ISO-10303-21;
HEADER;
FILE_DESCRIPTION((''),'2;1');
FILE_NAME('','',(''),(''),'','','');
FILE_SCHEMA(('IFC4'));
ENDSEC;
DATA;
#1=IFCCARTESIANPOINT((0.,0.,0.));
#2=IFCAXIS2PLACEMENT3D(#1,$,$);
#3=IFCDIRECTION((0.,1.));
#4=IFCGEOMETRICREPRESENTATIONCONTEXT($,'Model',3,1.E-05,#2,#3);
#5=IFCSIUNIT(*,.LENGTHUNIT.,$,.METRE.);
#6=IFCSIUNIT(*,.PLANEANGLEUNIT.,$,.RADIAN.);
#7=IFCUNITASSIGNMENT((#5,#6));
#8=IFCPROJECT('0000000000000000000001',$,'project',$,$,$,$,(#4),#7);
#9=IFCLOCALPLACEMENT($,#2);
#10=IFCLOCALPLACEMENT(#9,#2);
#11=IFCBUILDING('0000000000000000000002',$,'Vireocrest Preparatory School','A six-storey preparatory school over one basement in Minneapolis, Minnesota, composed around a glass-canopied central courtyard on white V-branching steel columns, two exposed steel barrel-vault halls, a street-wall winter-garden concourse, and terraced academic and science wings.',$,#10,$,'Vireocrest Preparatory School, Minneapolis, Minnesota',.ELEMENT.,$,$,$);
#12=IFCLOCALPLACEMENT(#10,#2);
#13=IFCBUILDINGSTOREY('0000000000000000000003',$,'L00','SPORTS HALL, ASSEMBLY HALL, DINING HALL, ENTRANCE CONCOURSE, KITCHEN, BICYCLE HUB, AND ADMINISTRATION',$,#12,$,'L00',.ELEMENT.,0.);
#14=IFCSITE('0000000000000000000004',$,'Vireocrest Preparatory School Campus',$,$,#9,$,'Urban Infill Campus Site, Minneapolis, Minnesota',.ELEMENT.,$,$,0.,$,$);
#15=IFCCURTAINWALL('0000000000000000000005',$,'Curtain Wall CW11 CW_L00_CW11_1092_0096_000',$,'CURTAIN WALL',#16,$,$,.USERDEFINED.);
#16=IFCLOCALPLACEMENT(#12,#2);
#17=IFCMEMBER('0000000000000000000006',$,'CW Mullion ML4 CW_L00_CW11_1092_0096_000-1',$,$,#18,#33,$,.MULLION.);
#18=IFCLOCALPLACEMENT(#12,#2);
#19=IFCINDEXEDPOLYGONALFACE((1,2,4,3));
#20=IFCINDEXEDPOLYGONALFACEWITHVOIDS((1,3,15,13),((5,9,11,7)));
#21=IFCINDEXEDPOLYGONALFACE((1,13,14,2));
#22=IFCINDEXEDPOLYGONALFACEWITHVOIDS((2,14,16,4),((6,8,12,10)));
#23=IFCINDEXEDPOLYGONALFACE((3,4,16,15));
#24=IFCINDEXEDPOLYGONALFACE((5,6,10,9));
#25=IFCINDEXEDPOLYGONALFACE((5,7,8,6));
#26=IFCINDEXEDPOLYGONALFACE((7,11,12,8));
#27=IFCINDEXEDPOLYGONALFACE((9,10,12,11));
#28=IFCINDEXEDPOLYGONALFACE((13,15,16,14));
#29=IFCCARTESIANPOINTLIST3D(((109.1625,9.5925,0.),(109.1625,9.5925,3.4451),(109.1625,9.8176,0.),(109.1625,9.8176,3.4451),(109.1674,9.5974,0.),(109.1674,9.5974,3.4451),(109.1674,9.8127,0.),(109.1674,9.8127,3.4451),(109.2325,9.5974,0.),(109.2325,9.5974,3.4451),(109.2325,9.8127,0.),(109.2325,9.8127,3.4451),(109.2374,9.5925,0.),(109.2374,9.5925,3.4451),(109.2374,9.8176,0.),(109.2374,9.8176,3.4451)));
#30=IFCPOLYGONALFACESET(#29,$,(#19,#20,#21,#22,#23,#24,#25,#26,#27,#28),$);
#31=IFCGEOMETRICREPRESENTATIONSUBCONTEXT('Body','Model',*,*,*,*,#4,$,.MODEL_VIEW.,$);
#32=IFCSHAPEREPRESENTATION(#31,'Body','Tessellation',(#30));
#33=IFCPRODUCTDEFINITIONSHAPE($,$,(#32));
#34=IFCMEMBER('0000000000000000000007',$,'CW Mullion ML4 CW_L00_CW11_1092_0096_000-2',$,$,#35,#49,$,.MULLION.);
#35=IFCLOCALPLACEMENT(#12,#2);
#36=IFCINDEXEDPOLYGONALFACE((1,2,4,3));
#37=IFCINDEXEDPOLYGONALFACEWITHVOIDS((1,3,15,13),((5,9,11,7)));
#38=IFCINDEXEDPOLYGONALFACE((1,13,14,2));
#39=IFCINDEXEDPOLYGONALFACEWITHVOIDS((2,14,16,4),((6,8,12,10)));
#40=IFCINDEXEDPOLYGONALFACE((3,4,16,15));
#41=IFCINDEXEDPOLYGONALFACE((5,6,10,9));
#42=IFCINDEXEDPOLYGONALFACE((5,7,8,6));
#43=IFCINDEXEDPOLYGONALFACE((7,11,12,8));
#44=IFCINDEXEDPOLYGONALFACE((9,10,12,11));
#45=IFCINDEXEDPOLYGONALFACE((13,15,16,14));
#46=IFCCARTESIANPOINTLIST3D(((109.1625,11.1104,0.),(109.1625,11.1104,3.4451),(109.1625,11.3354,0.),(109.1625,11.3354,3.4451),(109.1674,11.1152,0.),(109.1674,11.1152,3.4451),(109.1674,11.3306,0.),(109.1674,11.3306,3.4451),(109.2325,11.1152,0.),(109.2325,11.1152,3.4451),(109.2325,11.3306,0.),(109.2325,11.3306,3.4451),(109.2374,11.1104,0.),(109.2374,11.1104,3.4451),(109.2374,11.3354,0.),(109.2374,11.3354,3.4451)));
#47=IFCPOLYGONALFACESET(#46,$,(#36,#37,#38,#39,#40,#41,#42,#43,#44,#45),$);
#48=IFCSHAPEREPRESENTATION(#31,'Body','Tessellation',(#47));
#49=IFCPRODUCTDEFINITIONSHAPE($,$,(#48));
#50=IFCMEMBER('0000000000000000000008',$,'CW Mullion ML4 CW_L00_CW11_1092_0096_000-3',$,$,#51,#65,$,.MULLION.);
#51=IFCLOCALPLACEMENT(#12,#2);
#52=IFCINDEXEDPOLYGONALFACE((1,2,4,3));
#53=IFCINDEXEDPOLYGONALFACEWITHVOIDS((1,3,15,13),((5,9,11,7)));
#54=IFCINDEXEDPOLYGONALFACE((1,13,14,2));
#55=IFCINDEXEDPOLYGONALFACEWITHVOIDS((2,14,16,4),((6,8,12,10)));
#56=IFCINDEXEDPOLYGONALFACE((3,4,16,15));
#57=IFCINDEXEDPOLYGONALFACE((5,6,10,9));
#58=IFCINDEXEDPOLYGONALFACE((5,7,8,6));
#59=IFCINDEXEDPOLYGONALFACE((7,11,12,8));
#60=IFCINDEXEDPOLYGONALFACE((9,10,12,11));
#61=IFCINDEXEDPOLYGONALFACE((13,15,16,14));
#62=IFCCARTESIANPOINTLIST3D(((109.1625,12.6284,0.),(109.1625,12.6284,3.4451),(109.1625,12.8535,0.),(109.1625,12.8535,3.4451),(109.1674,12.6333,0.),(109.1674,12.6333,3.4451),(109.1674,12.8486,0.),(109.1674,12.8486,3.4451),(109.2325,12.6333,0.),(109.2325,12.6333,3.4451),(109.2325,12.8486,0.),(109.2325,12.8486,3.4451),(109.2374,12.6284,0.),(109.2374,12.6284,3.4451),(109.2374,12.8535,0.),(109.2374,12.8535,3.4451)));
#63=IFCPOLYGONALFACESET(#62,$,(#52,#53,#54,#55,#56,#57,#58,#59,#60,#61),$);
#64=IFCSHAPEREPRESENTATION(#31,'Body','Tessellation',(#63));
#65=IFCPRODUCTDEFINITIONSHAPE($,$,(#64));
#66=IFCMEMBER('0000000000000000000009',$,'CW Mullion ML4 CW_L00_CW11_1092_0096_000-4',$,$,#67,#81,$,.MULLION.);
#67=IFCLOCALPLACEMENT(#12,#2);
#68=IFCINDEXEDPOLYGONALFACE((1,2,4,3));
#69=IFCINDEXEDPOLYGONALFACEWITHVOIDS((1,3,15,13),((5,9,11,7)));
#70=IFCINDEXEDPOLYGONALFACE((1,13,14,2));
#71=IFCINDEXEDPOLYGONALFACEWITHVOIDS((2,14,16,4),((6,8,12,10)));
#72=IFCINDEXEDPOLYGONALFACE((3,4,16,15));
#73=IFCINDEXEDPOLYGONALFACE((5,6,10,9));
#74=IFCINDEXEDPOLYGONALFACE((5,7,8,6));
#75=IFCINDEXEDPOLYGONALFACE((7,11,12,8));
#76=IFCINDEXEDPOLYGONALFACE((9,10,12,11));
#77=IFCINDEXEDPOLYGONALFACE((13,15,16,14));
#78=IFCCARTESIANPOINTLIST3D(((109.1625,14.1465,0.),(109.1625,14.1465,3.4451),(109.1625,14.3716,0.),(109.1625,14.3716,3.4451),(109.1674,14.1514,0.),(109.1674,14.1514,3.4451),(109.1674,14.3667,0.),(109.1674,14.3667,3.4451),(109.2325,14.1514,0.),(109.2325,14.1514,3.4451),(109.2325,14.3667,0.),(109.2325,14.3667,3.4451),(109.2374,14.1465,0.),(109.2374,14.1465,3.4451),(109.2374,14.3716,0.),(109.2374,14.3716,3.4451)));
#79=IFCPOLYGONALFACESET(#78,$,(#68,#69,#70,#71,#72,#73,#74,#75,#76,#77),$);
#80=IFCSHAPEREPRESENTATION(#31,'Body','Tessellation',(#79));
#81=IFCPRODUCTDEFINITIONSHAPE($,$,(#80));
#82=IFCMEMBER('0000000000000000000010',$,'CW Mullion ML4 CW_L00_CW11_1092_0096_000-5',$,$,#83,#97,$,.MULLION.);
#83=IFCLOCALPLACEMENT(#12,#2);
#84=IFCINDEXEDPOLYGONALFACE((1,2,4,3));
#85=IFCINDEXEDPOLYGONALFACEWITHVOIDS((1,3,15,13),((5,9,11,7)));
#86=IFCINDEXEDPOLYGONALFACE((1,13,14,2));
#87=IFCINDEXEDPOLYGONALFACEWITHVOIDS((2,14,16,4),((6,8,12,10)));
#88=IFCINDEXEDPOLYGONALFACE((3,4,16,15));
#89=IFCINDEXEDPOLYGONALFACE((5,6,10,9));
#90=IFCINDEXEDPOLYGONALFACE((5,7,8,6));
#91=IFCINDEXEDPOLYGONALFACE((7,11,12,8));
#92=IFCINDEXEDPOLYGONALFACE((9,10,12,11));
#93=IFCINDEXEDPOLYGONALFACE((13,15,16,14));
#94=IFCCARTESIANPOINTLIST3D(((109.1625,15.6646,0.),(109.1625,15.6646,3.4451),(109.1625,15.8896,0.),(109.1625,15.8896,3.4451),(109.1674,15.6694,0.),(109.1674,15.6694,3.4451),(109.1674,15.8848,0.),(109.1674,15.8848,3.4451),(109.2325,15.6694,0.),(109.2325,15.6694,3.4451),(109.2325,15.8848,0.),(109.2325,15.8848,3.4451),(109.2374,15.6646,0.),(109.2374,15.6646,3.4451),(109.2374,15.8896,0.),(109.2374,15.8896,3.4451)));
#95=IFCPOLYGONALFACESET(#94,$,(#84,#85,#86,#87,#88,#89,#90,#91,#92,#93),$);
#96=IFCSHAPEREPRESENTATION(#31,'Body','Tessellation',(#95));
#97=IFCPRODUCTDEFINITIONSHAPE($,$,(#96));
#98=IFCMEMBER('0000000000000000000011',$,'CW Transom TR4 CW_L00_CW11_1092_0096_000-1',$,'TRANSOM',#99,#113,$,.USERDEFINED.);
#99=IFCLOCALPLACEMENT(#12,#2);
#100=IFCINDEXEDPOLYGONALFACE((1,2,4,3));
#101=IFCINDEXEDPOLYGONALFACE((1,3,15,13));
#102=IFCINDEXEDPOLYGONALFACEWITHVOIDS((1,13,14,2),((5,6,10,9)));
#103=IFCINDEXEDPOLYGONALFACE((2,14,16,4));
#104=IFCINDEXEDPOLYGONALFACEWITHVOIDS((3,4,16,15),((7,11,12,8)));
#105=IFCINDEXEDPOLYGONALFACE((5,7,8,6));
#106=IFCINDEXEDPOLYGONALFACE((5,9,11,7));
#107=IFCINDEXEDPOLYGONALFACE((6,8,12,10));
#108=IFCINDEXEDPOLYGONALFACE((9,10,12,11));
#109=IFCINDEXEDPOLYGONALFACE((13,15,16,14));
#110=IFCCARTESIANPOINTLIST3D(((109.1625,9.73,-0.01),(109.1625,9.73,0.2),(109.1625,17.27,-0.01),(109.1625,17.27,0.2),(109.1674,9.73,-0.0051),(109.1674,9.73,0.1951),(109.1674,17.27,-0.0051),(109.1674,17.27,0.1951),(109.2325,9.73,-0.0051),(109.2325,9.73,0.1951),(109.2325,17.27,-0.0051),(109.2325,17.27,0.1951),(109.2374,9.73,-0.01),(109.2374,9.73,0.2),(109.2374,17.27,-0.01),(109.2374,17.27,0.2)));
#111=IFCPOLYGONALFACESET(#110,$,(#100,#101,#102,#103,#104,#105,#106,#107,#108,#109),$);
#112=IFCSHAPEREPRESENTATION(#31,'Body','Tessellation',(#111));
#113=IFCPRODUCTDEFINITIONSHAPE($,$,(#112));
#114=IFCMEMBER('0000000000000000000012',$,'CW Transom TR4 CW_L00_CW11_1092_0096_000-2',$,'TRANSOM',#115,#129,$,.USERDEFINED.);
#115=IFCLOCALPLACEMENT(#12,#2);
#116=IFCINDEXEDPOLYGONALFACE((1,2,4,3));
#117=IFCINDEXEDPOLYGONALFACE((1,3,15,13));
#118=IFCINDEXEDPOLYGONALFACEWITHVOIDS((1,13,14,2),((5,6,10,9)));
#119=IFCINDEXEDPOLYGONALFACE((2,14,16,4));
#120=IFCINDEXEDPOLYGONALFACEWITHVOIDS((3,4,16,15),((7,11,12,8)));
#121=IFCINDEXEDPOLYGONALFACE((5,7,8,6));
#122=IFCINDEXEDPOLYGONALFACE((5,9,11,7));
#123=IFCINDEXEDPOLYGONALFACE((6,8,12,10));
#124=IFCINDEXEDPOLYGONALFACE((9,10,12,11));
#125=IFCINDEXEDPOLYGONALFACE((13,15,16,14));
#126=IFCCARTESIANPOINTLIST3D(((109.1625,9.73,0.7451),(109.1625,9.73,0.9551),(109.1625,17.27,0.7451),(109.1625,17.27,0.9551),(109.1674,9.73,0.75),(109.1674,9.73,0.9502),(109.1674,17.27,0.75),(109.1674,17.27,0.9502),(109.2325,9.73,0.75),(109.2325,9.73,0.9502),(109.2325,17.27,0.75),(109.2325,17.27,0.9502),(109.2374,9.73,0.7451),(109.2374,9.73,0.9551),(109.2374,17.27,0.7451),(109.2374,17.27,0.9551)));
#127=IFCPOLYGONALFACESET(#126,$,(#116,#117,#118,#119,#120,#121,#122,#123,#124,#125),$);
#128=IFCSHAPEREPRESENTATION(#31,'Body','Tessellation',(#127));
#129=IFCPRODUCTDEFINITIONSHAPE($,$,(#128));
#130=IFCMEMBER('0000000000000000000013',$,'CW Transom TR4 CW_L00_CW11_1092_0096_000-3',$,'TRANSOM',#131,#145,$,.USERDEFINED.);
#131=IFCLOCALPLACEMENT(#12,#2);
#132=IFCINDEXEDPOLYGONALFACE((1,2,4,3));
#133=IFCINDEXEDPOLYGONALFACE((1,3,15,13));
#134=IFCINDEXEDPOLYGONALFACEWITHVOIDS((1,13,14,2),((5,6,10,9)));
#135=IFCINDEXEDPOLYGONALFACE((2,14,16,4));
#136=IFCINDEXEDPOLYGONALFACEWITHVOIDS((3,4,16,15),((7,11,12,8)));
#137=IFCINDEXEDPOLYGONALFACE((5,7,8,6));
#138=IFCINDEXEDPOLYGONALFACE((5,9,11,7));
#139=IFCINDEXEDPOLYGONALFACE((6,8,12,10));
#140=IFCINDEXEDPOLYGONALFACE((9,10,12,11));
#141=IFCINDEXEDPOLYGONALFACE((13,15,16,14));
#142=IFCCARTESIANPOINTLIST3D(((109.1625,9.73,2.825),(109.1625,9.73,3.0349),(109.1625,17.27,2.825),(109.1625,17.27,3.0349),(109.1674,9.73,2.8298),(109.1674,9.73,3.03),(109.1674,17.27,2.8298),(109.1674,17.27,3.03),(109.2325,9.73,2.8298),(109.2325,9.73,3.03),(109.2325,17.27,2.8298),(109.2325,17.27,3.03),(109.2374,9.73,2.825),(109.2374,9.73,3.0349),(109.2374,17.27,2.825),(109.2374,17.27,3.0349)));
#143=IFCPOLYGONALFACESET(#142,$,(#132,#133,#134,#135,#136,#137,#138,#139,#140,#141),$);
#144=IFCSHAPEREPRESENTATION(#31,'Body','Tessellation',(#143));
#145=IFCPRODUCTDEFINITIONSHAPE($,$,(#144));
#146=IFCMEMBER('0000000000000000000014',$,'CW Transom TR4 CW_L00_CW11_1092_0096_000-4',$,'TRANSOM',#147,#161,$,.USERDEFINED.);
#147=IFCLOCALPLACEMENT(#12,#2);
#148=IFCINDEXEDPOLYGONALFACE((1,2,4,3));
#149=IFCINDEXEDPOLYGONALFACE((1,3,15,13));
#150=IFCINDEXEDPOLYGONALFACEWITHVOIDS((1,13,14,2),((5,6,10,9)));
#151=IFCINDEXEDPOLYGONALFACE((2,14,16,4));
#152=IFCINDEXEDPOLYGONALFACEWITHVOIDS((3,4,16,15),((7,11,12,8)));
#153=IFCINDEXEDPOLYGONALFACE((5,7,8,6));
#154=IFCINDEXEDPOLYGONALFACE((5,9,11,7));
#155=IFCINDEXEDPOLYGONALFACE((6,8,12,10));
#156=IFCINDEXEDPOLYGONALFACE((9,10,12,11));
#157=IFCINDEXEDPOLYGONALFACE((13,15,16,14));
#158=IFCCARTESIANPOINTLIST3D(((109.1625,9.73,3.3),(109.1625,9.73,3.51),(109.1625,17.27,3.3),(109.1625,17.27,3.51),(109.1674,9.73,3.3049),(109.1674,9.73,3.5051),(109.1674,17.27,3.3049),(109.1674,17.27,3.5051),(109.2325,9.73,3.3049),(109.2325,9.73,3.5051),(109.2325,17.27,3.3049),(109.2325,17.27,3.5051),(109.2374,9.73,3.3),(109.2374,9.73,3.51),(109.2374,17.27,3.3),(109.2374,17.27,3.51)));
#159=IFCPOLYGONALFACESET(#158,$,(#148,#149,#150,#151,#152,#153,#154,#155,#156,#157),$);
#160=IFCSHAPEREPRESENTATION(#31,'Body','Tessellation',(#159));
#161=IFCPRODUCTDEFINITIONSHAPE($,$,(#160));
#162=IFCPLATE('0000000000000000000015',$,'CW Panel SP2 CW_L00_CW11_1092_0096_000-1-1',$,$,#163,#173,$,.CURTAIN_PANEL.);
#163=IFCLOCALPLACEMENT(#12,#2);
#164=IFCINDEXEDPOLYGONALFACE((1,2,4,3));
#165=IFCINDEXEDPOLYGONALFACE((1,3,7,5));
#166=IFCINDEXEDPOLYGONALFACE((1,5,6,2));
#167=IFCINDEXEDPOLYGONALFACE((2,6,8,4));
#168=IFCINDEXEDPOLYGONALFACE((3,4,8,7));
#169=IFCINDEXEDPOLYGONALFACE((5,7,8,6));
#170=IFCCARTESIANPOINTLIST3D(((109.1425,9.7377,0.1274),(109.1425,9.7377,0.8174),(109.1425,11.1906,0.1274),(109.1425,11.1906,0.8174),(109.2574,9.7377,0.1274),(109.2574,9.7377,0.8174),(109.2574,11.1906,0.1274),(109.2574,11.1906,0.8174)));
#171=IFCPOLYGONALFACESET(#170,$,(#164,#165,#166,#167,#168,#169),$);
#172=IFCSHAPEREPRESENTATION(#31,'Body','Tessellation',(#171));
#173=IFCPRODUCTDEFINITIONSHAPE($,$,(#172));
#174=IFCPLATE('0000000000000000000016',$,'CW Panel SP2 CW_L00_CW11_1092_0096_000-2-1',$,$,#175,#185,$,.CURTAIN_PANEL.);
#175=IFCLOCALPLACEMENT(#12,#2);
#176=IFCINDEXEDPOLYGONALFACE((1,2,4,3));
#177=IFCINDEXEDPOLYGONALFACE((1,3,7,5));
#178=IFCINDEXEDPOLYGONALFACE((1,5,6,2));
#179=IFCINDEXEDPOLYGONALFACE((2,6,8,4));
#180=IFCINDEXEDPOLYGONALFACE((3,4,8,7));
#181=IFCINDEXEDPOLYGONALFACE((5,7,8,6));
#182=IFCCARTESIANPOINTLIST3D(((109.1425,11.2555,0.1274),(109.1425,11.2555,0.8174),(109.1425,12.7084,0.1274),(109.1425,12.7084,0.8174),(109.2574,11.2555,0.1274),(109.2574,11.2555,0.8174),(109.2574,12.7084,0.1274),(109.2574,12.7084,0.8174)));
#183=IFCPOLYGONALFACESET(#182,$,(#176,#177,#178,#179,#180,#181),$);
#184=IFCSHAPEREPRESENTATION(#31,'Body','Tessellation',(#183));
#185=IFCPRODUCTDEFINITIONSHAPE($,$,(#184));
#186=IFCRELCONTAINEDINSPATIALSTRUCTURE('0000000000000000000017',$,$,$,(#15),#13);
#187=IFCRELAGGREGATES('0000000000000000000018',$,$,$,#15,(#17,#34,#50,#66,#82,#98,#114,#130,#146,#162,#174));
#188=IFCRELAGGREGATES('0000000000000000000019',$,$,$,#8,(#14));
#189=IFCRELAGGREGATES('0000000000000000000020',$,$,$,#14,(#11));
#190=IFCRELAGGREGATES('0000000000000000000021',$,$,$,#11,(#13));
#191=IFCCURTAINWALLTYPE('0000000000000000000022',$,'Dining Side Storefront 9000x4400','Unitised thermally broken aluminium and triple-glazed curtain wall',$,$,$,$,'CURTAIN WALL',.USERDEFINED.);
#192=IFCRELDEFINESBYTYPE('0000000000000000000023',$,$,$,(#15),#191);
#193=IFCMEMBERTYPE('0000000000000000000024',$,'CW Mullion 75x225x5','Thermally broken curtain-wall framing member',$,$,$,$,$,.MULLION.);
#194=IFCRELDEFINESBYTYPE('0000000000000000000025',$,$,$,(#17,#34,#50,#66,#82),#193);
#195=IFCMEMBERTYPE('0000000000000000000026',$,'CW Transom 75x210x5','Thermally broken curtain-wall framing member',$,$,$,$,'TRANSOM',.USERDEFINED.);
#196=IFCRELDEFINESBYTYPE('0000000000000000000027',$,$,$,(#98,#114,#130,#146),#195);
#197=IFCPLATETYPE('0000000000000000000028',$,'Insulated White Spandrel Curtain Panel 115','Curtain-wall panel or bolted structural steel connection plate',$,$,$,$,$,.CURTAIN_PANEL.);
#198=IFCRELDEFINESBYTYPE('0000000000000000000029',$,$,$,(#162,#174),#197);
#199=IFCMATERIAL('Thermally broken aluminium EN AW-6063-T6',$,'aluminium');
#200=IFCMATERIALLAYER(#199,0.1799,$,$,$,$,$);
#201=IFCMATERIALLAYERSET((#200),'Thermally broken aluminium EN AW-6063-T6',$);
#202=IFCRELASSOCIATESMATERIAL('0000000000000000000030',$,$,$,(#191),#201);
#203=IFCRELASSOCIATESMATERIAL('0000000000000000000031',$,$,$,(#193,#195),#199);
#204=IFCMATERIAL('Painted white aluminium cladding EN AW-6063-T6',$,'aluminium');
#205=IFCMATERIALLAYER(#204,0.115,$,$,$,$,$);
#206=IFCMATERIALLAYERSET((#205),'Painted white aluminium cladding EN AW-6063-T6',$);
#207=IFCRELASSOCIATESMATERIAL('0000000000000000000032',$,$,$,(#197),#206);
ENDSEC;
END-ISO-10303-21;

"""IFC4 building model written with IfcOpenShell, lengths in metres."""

from ifc_helpers import new_model, si_unit, direction, frame, origin, origin_2d, place, context, subcontext, project, spatial, rectangle, hollow_rectangle, extrude, material, layer, layer_set, material_profile, profile_set, type_object, element, aggregate, save


model = new_model("IFC4")

# Units and contexts
model_context = context("Model", 3, precision=1e-05, world=origin(), true_north=direction((0.0, 1.0)))
body_context = subcontext(model_context, "Body", "Model", "MODEL_VIEW")
ifc_project = project(units=[si_unit("LENGTHUNIT", "METRE"), si_unit("PLANEANGLEUNIT", "RADIAN")], contexts=[model_context])

# Site, building, storey
site_placement = place(None, origin())
site = spatial("IfcSite", under=ifc_project, at=site_placement, Name="Vireocrest Preparatory School Campus", LongName="Urban Infill Campus Site, Minneapolis, Minnesota", CompositionType="ELEMENT", RefElevation=0.0)
building_placement = place(site_placement, origin())
building = spatial("IfcBuilding", under=site, at=building_placement, Name="Vireocrest Preparatory School", Description="A six-storey preparatory school over one basement in Minneapolis, Minnesota, composed around a glass-canopied central courtyard on white V-branching steel columns, two exposed steel barrel-vault halls, a street-wall winter-garden concourse, and terraced academic and science wings.", LongName="Vireocrest Preparatory School, Minneapolis, Minnesota", CompositionType="ELEMENT")
storey_placement = place(building_placement, origin())
storey = spatial("IfcBuildingStorey", under=building, at=storey_placement, Name="L00", Description="SPORTS HALL, ASSEMBLY HALL, DINING HALL, ENTRANCE CONCOURSE, KITCHEN, BICYCLE HUB, AND ADMINISTRATION", LongName="L00", CompositionType="ELEMENT", Elevation=0.0)

# Curtain wall, members, plates
ifc_material_1 = material(Name="Thermally broken aluminium EN AW-6063-T6", Category="aluminium")
ifc_layer_1 = layer(ifc_material_1, 0.1799)
ifc_layer_set_1 = layer_set([ifc_layer_1], Name="Thermally broken aluminium EN AW-6063-T6")
curtain_wall_type = type_object("IfcCurtainWallType", Name="Dining Side Storefront 9000x4400", Description="Unitised thermally broken aluminium and triple-glazed curtain wall", ElementType="CURTAIN WALL", PredefinedType="USERDEFINED", material=ifc_layer_set_1)
curtain_wall_placement = place(storey_placement, origin())
curtain_wall = element("IfcCurtainWall", 1, at=curtain_wall_placement, inside=storey, type_object=curtain_wall_type, Name="Curtain Wall CW11 CW_L00_CW11_1092_0096_000", ObjectType="CURTAIN WALL", PredefinedType="USERDEFINED")
ifc_material_profile_1 = material_profile(ifc_material_1, hollow_rectangle(XDim=0.075, YDim=0.2251, WallThickness=0.0049, at=origin_2d()), Name="ALU 75x225x5")
ifc_profile_set_1 = profile_set([ifc_material_profile_1], Name="Thermally broken aluminium EN AW-6063-T6")
member_type_1 = type_object("IfcMemberType", Name="CW Mullion 75x225x5", Description="Thermally broken curtain-wall framing member", PredefinedType="MULLION", material=ifc_profile_set_1)
member_1_placement = place(storey_placement, frame((109.2, 9.7051, 0.0), z_axis=(0.0, 0.0, 1.0), x_axis=(1.0, 0.0, 0.0)))
member_1 = element("IfcMember", 2, at=member_1_placement, type_object=member_type_1, Name="CW Mullion ML4 CW_L00_CW11_1092_0096_000-1", PredefinedType="MULLION", context=body_context, shape_type="SweptSolid", body=[
    extrude(hollow_rectangle(XDim=0.075, YDim=0.2251, WallThickness=0.0049, at=origin_2d()), origin(), (0.0, 0.0, 1.0), 3.4451),
])
member_2_placement = place(storey_placement, frame((109.2, 11.2229, 0.0), z_axis=(0.0, 0.0, 1.0), x_axis=(1.0, 0.0, 0.0)))
member_2 = element("IfcMember", 3, at=member_2_placement, type_object=member_type_1, Name="CW Mullion ML4 CW_L00_CW11_1092_0096_000-2", PredefinedType="MULLION", context=body_context, shape_type="SweptSolid", body=[
    extrude(hollow_rectangle(XDim=0.075, YDim=0.2251, WallThickness=0.0049, at=origin_2d()), origin(), (0.0, 0.0, 1.0), 3.4451),
])
member_3_placement = place(storey_placement, frame((109.2, 12.741, 0.0), z_axis=(0.0, 0.0, 1.0), x_axis=(1.0, 0.0, 0.0)))
member_3 = element("IfcMember", 4, at=member_3_placement, type_object=member_type_1, Name="CW Mullion ML4 CW_L00_CW11_1092_0096_000-3", PredefinedType="MULLION", context=body_context, shape_type="SweptSolid", body=[
    extrude(hollow_rectangle(XDim=0.075, YDim=0.2251, WallThickness=0.0049, at=origin_2d()), origin(), (0.0, 0.0, 1.0), 3.4451),
])
member_4_placement = place(storey_placement, frame((109.2, 14.259, 0.0), z_axis=(0.0, 0.0, 1.0), x_axis=(1.0, 0.0, 0.0)))
member_4 = element("IfcMember", 5, at=member_4_placement, type_object=member_type_1, Name="CW Mullion ML4 CW_L00_CW11_1092_0096_000-4", PredefinedType="MULLION", context=body_context, shape_type="SweptSolid", body=[
    extrude(hollow_rectangle(XDim=0.075, YDim=0.2251, WallThickness=0.0049, at=origin_2d()), origin(), (0.0, 0.0, 1.0), 3.4451),
])
member_5_placement = place(storey_placement, frame((109.2, 15.7771, 0.0), z_axis=(0.0, 0.0, 1.0), x_axis=(1.0, 0.0, 0.0)))
member_5 = element("IfcMember", 6, at=member_5_placement, type_object=member_type_1, Name="CW Mullion ML4 CW_L00_CW11_1092_0096_000-5", PredefinedType="MULLION", context=body_context, shape_type="SweptSolid", body=[
    extrude(hollow_rectangle(XDim=0.075, YDim=0.2251, WallThickness=0.0049, at=origin_2d()), origin(), (0.0, 0.0, 1.0), 3.4451),
])
ifc_material_profile_2 = material_profile(ifc_material_1, hollow_rectangle(XDim=0.075, YDim=0.21, WallThickness=0.0049, at=origin_2d()), Name="ALU 75x210x5")
ifc_profile_set_2 = profile_set([ifc_material_profile_2], Name="Thermally broken aluminium EN AW-6063-T6")
member_type_2 = type_object("IfcMemberType", Name="CW Transom 75x210x5", Description="Thermally broken curtain-wall framing member", ElementType="TRANSOM", PredefinedType="USERDEFINED", material=ifc_profile_set_2)
member_6_placement = place(storey_placement, frame((109.2, 9.73, 0.095), z_axis=(0.0, 1.0, 0.0), x_axis=(-1.0, 0.0, 0.0)))
member_6 = element("IfcMember", 7, at=member_6_placement, type_object=member_type_2, Name="CW Transom TR4 CW_L00_CW11_1092_0096_000-1", ObjectType="TRANSOM", PredefinedType="USERDEFINED", context=body_context, shape_type="SweptSolid", body=[
    extrude(hollow_rectangle(XDim=0.075, YDim=0.21, WallThickness=0.0049, at=origin_2d()), origin(), (0.0, 0.0, 1.0), 7.54),
])
member_7_placement = place(storey_placement, frame((109.2, 9.73, 0.8501), z_axis=(0.0, 1.0, 0.0), x_axis=(-1.0, 0.0, 0.0)))
member_7 = element("IfcMember", 8, at=member_7_placement, type_object=member_type_2, Name="CW Transom TR4 CW_L00_CW11_1092_0096_000-2", ObjectType="TRANSOM", PredefinedType="USERDEFINED", context=body_context, shape_type="SweptSolid", body=[
    extrude(hollow_rectangle(XDim=0.075, YDim=0.21, WallThickness=0.0049, at=origin_2d()), origin(), (0.0, 0.0, 1.0), 7.54),
])
member_8_placement = place(storey_placement, frame((109.2, 9.73, 2.9299), z_axis=(0.0, 1.0, 0.0), x_axis=(-1.0, 0.0, 0.0)))
member_8 = element("IfcMember", 9, at=member_8_placement, type_object=member_type_2, Name="CW Transom TR4 CW_L00_CW11_1092_0096_000-3", ObjectType="TRANSOM", PredefinedType="USERDEFINED", context=body_context, shape_type="SweptSolid", body=[
    extrude(hollow_rectangle(XDim=0.075, YDim=0.21, WallThickness=0.0049, at=origin_2d()), origin(), (0.0, 0.0, 1.0), 7.54),
])
member_9_placement = place(storey_placement, frame((109.2, 9.73, 3.405), z_axis=(0.0, 1.0, 0.0), x_axis=(-1.0, 0.0, 0.0)))
member_9 = element("IfcMember", 10, at=member_9_placement, type_object=member_type_2, Name="CW Transom TR4 CW_L00_CW11_1092_0096_000-4", ObjectType="TRANSOM", PredefinedType="USERDEFINED", context=body_context, shape_type="SweptSolid", body=[
    extrude(hollow_rectangle(XDim=0.075, YDim=0.21, WallThickness=0.0049, at=origin_2d()), origin(), (0.0, 0.0, 1.0), 7.54),
])
ifc_material_2 = material(Name="Painted white aluminium cladding EN AW-6063-T6", Category="aluminium")
ifc_layer_2 = layer(ifc_material_2, 0.115)
ifc_layer_set_2 = layer_set([ifc_layer_2], Name="Painted white aluminium cladding EN AW-6063-T6")
plate_type_1 = type_object("IfcPlateType", Name="Insulated White Spandrel Curtain Panel 115", Description="Curtain-wall panel or bolted structural steel connection plate", PredefinedType="CURTAIN_PANEL", material=ifc_layer_set_2)
plate_1_placement = place(storey_placement, frame((109.2, 10.4641, 0.1274), z_axis=(0.0, 0.0, 1.0), x_axis=(0.0, 1.0, 0.0)))
plate_1 = element("IfcPlate", 11, at=plate_1_placement, type_object=plate_type_1, Name="CW Panel SP2 CW_L00_CW11_1092_0096_000-1-1", PredefinedType="CURTAIN_PANEL", context=body_context, shape_type="SweptSolid", body=[
    extrude(rectangle(XDim=1.4529, YDim=0.115, at=origin_2d()), origin(), (0.0, 0.0, 1.0), 0.6899),
])
plate_2_placement = place(storey_placement, frame((109.2, 11.9819, 0.1274), z_axis=(0.0, 0.0, 1.0), x_axis=(0.0, 1.0, 0.0)))
plate_2 = element("IfcPlate", 12, at=plate_2_placement, type_object=plate_type_1, Name="CW Panel SP2 CW_L00_CW11_1092_0096_000-2-1", PredefinedType="CURTAIN_PANEL", context=body_context, shape_type="SweptSolid", body=[
    extrude(rectangle(XDim=1.4529, YDim=0.115, at=origin_2d()), origin(), (0.0, 0.0, 1.0), 0.6899),
])
aggregate(curtain_wall, [member_1, member_2, member_3, member_4, member_5, member_6, member_7, member_8, member_9, plate_1, plate_2])

save(model, "model.ifc")
